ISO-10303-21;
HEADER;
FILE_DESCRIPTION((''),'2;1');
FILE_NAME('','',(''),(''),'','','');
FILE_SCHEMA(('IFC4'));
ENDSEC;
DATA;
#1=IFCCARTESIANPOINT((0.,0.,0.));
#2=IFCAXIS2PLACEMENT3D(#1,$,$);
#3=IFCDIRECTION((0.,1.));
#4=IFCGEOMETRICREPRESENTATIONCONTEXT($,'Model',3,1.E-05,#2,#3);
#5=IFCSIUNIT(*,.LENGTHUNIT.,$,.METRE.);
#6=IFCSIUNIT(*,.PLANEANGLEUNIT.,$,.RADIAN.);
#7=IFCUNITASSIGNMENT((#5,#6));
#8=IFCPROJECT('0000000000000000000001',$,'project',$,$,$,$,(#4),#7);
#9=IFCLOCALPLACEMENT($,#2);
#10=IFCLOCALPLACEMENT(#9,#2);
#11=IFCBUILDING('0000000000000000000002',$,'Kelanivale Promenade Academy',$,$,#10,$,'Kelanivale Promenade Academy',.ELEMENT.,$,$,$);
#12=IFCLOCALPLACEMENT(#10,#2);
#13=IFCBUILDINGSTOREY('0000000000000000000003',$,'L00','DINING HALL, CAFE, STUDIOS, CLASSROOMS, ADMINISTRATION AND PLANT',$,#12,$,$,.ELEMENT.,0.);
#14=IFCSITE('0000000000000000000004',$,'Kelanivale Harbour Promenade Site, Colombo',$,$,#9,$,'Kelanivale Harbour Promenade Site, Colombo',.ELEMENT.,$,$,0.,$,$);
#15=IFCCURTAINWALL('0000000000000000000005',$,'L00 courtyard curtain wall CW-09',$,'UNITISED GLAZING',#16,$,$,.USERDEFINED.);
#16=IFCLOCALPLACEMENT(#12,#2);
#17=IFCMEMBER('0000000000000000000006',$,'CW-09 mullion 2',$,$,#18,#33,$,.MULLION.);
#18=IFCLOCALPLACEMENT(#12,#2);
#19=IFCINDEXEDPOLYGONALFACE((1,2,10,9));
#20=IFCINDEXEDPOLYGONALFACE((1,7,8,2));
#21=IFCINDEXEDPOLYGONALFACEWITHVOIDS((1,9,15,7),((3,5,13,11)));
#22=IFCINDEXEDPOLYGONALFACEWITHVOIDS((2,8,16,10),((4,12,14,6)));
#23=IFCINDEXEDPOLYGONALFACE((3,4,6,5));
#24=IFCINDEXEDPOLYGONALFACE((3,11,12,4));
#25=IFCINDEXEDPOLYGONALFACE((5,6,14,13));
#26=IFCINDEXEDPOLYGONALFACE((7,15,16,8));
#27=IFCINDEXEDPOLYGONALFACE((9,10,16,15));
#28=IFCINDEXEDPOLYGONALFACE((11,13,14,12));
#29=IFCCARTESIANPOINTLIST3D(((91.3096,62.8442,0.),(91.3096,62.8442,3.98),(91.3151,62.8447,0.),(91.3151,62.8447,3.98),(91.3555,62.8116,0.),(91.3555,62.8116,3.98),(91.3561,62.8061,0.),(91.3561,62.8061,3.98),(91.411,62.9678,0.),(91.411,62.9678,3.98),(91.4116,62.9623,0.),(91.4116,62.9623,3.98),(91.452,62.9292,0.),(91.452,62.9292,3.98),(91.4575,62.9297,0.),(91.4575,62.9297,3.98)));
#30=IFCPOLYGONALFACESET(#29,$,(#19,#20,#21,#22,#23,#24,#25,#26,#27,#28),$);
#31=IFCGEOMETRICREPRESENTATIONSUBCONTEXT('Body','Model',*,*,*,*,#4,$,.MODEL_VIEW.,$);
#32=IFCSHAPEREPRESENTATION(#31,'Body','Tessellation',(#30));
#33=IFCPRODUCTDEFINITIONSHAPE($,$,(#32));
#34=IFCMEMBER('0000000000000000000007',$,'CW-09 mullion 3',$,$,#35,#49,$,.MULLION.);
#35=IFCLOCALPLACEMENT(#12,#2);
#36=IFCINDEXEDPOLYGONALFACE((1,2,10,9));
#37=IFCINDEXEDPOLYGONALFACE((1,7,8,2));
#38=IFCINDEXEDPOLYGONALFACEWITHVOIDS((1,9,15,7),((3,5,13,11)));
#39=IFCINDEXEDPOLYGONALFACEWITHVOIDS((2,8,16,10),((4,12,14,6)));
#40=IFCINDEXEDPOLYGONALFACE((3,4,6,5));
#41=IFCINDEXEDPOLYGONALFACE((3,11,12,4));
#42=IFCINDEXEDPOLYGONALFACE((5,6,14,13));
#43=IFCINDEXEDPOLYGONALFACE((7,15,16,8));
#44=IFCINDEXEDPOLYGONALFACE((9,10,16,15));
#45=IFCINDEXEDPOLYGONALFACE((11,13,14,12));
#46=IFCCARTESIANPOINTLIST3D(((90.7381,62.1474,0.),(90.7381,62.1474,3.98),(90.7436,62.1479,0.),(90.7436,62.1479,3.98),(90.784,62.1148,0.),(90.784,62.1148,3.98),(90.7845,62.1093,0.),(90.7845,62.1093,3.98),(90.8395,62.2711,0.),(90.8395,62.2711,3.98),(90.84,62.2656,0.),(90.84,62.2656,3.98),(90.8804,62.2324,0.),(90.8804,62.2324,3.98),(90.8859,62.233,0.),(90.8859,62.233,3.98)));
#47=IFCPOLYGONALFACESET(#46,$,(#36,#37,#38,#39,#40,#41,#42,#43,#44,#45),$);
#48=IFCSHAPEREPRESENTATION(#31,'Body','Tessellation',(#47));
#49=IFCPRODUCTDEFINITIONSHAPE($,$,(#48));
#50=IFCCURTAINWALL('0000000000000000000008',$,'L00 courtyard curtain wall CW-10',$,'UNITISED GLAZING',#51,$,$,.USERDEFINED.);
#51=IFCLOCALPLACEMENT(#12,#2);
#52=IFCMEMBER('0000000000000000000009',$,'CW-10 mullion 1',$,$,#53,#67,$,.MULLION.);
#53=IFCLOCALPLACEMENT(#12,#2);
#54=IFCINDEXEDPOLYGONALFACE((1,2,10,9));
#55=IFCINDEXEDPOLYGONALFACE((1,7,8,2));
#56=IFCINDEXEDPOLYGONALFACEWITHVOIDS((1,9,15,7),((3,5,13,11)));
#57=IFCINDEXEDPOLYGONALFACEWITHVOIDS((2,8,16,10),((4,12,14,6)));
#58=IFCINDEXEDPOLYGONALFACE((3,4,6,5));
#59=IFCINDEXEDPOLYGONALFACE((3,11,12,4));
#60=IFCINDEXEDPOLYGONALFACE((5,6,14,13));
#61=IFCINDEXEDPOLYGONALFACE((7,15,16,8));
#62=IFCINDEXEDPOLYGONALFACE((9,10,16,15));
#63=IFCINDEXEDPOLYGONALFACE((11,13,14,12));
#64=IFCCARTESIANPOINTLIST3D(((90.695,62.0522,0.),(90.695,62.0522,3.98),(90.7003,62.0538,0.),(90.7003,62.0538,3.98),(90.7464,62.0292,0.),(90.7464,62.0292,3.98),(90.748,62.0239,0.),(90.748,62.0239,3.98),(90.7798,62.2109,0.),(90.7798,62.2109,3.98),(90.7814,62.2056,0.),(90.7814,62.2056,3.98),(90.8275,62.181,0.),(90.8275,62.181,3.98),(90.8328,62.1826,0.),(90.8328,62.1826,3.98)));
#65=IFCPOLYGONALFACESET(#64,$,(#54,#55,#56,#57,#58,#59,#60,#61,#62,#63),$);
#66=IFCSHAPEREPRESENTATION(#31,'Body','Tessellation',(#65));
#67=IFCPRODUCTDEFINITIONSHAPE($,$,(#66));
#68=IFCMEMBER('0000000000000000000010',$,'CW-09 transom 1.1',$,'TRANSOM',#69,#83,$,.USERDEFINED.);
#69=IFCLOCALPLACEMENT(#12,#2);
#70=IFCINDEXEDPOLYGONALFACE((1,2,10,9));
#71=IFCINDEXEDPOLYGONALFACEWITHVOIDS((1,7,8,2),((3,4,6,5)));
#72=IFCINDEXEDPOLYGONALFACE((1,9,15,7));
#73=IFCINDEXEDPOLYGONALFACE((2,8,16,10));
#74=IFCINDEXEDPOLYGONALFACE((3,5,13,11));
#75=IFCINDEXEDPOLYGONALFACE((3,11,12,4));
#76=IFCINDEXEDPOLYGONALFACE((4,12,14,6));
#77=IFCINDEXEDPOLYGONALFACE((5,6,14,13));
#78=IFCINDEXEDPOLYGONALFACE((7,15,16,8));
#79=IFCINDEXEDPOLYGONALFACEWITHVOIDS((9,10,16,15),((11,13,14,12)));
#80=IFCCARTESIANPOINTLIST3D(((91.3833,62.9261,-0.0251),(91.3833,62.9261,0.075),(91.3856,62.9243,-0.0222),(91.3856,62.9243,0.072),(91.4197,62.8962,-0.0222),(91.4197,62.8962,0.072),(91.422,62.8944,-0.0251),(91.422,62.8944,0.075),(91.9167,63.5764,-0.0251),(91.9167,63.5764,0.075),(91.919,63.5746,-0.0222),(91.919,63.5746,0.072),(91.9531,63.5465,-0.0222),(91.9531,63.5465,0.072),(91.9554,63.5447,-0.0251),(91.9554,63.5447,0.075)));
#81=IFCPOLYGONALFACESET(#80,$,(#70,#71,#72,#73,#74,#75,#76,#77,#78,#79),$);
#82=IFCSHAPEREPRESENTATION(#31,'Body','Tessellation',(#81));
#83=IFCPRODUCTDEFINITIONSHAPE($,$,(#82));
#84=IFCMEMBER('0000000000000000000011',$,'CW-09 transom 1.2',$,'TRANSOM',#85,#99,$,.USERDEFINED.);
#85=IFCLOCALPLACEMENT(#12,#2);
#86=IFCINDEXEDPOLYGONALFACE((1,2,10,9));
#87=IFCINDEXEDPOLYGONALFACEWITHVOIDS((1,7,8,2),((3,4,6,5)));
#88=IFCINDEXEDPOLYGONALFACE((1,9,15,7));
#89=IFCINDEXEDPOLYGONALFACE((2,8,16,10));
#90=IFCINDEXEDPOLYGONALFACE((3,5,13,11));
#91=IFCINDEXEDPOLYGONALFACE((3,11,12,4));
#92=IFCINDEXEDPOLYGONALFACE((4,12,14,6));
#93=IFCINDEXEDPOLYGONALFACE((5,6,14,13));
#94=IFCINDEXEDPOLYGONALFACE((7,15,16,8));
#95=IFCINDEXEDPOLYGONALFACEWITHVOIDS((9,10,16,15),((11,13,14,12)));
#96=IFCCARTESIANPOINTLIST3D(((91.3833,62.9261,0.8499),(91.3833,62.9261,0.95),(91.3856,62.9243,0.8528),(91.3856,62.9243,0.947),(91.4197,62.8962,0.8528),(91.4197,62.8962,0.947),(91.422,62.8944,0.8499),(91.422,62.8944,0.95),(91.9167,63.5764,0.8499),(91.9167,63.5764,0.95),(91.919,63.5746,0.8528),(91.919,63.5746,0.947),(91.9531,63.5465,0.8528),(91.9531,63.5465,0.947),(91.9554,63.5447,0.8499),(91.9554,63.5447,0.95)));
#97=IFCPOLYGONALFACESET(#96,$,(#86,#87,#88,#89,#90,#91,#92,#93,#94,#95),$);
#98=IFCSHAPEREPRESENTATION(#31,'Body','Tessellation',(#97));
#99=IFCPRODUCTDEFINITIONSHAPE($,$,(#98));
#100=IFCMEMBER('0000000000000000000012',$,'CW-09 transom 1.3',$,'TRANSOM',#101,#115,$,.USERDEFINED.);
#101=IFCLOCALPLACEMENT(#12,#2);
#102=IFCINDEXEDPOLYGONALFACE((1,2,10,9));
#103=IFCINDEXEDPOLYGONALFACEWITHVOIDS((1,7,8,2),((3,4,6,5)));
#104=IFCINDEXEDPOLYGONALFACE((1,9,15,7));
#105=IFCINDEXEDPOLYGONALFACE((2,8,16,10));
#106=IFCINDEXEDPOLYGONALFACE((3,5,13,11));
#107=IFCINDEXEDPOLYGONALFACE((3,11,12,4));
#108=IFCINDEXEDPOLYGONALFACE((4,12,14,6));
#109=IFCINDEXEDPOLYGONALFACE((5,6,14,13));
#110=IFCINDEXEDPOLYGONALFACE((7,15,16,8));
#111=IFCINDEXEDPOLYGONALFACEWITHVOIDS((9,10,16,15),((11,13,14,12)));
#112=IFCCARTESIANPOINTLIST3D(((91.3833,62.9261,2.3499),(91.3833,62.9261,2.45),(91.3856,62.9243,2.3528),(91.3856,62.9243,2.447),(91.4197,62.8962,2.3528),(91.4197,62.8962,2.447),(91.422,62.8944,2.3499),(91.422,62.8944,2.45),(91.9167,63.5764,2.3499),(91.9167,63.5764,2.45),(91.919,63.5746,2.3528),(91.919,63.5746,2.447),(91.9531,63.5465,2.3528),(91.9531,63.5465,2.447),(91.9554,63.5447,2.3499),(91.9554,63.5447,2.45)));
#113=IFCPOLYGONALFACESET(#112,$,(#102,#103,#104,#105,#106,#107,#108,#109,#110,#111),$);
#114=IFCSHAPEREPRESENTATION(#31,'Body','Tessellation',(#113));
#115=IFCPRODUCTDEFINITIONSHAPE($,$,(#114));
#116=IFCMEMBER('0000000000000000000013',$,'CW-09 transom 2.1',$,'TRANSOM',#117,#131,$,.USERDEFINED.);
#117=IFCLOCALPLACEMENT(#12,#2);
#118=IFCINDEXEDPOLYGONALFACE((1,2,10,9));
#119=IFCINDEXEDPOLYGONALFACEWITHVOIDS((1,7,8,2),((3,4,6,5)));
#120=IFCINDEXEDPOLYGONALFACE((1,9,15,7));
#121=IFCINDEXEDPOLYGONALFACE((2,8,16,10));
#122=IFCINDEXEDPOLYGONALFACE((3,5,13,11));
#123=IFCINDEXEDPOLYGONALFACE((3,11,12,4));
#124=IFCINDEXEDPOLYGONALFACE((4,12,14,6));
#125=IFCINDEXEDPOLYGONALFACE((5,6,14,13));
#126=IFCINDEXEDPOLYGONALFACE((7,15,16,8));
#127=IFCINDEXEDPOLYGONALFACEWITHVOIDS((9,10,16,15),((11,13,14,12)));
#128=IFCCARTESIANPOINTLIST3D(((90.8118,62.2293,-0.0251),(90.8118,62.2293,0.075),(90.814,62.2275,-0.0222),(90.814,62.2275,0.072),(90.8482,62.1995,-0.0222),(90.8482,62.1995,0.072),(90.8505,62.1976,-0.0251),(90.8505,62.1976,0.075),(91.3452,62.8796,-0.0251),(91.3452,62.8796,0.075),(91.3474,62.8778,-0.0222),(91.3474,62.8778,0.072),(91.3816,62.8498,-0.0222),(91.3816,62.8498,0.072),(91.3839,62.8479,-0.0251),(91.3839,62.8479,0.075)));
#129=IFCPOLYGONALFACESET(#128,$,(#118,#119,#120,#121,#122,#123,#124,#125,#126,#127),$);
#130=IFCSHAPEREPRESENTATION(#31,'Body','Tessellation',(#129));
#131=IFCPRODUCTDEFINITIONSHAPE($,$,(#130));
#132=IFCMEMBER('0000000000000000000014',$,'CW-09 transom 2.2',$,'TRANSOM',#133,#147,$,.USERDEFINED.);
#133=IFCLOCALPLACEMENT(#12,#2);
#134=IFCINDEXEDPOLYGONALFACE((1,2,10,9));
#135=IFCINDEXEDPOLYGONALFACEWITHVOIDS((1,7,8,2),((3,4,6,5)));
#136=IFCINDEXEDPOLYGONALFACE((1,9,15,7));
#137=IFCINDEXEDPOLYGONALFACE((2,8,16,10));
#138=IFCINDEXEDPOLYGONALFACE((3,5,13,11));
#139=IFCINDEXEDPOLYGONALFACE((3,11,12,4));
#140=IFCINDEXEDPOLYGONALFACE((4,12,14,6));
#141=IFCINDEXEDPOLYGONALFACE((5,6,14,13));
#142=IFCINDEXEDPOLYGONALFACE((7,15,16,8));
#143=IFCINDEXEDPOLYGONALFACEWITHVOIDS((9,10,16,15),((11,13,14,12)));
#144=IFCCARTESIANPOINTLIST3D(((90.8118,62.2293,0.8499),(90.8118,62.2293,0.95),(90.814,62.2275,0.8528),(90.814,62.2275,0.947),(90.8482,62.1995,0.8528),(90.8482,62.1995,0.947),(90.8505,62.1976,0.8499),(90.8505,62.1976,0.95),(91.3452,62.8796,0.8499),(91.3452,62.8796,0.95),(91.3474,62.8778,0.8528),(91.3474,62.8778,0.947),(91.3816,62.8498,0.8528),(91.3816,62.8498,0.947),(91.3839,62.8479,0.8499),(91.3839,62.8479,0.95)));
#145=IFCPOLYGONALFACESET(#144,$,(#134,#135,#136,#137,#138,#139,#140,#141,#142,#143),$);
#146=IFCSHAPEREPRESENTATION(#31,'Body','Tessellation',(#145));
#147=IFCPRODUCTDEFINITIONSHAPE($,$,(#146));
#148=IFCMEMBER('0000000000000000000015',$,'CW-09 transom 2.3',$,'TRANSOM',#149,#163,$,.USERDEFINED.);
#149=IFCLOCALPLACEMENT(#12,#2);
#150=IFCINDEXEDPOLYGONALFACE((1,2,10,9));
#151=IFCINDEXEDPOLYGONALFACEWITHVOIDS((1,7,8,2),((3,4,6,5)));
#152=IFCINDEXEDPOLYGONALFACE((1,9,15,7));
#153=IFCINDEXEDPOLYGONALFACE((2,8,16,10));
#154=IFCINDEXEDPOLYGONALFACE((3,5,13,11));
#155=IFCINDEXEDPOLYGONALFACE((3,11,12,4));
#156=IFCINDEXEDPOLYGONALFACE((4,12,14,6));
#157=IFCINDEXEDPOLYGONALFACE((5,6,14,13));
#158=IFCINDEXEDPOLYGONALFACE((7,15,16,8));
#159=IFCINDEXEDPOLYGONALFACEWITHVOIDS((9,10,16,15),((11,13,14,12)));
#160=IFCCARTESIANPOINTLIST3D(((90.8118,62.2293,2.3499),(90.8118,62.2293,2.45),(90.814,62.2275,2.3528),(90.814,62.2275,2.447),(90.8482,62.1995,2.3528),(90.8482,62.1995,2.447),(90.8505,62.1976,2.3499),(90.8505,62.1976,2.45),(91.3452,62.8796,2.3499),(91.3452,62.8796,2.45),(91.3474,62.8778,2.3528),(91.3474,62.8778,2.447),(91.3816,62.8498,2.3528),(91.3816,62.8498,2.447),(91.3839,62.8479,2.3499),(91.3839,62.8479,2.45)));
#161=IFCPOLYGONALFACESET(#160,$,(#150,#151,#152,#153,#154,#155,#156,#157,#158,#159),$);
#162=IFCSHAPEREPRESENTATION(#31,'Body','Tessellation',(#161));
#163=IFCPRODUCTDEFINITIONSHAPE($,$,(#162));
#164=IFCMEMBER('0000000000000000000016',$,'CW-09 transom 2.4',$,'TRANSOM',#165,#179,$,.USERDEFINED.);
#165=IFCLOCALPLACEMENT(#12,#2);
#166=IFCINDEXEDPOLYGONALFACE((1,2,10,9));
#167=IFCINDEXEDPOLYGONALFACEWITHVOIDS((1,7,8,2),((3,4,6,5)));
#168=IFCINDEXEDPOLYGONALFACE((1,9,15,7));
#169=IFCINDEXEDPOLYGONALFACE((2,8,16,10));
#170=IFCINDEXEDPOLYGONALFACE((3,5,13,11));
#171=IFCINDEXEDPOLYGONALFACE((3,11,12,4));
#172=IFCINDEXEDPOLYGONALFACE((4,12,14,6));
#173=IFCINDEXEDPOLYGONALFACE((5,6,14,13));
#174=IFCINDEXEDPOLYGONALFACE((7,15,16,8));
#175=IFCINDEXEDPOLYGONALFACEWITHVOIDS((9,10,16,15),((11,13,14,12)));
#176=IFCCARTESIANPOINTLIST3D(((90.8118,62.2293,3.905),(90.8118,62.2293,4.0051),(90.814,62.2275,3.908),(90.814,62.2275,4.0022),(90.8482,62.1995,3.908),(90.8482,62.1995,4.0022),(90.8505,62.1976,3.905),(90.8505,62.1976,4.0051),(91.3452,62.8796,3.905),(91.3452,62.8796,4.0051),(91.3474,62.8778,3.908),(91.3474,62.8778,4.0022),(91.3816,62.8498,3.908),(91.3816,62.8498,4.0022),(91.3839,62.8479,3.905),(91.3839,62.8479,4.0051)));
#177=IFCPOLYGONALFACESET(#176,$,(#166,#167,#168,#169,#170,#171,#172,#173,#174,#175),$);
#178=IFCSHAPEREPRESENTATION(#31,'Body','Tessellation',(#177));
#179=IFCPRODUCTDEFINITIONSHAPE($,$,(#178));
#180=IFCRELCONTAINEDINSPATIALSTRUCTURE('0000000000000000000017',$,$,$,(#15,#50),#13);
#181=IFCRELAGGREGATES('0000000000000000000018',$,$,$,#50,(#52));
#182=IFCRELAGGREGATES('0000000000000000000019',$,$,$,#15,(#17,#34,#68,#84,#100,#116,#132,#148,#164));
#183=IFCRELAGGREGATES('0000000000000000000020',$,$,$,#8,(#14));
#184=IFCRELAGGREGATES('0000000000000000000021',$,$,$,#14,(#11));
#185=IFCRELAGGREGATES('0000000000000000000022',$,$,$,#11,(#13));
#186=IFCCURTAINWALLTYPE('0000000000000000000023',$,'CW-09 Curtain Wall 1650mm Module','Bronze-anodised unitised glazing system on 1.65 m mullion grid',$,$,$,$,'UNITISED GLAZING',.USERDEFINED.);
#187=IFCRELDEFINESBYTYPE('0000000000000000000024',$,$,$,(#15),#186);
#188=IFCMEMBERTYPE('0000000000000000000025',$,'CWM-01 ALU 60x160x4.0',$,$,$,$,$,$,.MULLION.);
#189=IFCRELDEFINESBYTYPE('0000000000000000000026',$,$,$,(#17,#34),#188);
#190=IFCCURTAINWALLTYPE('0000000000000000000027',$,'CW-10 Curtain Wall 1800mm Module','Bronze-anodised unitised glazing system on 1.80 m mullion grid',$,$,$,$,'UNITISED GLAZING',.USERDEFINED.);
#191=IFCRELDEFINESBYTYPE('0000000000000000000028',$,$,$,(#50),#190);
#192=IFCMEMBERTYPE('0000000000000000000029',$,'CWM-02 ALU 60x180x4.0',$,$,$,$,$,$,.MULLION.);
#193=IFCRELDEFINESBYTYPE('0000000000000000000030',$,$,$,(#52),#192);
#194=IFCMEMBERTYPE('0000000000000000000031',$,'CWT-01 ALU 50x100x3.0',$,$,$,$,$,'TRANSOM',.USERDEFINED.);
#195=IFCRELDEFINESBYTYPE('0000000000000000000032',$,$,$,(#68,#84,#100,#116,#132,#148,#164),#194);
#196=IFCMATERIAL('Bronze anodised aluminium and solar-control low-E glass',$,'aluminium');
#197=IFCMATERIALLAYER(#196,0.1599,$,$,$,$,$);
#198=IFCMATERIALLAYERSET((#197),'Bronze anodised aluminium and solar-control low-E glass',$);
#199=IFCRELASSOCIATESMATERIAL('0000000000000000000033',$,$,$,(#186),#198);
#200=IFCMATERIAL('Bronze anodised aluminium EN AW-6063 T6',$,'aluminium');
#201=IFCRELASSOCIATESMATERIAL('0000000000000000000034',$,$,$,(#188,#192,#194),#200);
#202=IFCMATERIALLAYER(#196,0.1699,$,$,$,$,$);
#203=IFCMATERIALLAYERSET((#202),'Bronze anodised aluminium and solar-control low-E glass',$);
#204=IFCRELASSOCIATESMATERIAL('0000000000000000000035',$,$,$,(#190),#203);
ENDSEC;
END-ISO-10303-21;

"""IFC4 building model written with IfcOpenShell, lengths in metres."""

from ifc_helpers import new_model, si_unit, direction, frame, origin, origin_2d, place, context, subcontext, project, spatial, hollow_rectangle, extrude, material, layer, layer_set, material_profile, profile_set, type_object, element, aggregate, save


model = new_model("IFC4")

# Units and contexts
model_context = context("Model", 3, precision=1e-05, world=origin(), true_north=direction((0.0, 1.0)))
body_context = subcontext(model_context, "Body", "Model", "MODEL_VIEW")
ifc_project = project(units=[si_unit("LENGTHUNIT", "METRE"), si_unit("PLANEANGLEUNIT", "RADIAN")], contexts=[model_context])

# Site, building, storey
site_placement = place(None, origin())
site = spatial("IfcSite", under=ifc_project, at=site_placement, Name="Kelanivale Harbour Promenade Site, Colombo", LongName="Kelanivale Harbour Promenade Site, Colombo", CompositionType="ELEMENT", RefElevation=0.0)
building_placement = place(site_placement, origin())
building = spatial("IfcBuilding", under=site, at=building_placement, Name="Kelanivale Promenade Academy", LongName="Kelanivale Promenade Academy", CompositionType="ELEMENT")
storey_placement = place(building_placement, origin())
storey = spatial("IfcBuildingStorey", under=building, at=storey_placement, Name="L00", Description="DINING HALL, CAFE, STUDIOS, CLASSROOMS, ADMINISTRATION AND PLANT", CompositionType="ELEMENT", Elevation=0.0)

# Curtain wall, members
ifc_material_1 = material(Name="Bronze anodised aluminium and solar-control low-E glass", Category="aluminium")
ifc_layer_1 = layer(ifc_material_1, 0.1599)
ifc_layer_set_1 = layer_set([ifc_layer_1], Name="Bronze anodised aluminium and solar-control low-E glass")
curtain_wall_type_1 = type_object("IfcCurtainWallType", Name="CW-09 Curtain Wall 1650mm Module", Description="Bronze-anodised unitised glazing system on 1.65 m mullion grid", ElementType="UNITISED GLAZING", PredefinedType="USERDEFINED", material=ifc_layer_set_1)
curtain_wall_1_placement = place(storey_placement, origin())
curtain_wall_1 = element("IfcCurtainWall", 1, at=curtain_wall_1_placement, inside=storey, type_object=curtain_wall_type_1, Name="L00 courtyard curtain wall CW-09", ObjectType="UNITISED GLAZING", PredefinedType="USERDEFINED")
ifc_material_2 = material(Name="Bronze anodised aluminium EN AW-6063 T6", Category="aluminium")
ifc_material_profile_1 = material_profile(ifc_material_2, hollow_rectangle(XDim=0.0601, YDim=0.1599, WallThickness=0.0039, at=origin_2d()), Name="ALU 60x160x4.0")
ifc_profile_set_1 = profile_set([ifc_material_profile_1], Name="Bronze anodised aluminium EN AW-6063 T6")
member_type_1 = type_object("IfcMemberType", Name="CWM-01 ALU 60x160x4.0", PredefinedType="MULLION", material=ifc_profile_set_1)
member_1_placement = place(storey_placement, frame((91.3835, 62.887, 0.0), z_axis=(0.0, 0.0, 1.0), x_axis=(0.773215, -0.634144, 0.0)))
member_1 = element("IfcMember", 2, at=member_1_placement, type_object=member_type_1, Name="CW-09 mullion 2", PredefinedType="MULLION", context=body_context, shape_type="SweptSolid", body=[
    extrude(hollow_rectangle(XDim=0.0601, YDim=0.1599, WallThickness=0.0039, at=origin_2d()), origin(), (0.0, 0.0, 1.0), 3.98),
])
member_2_placement = place(storey_placement, frame((90.812, 62.1902, 0.0), z_axis=(0.0, 0.0, 1.0), x_axis=(0.773215, -0.634144, 0.0)))
member_2 = element("IfcMember", 3, at=member_2_placement, type_object=member_type_1, Name="CW-09 mullion 3", PredefinedType="MULLION", context=body_context, shape_type="SweptSolid", body=[
    extrude(hollow_rectangle(XDim=0.0601, YDim=0.1599, WallThickness=0.0039, at=origin_2d()), origin(), (0.0, 0.0, 1.0), 3.98),
])

# Curtain wall, member
ifc_layer_2 = layer(ifc_material_1, 0.1699)
ifc_layer_set_2 = layer_set([ifc_layer_2], Name="Bronze anodised aluminium and solar-control low-E glass")
curtain_wall_type_2 = type_object("IfcCurtainWallType", Name="CW-10 Curtain Wall 1800mm Module", Description="Bronze-anodised unitised glazing system on 1.80 m mullion grid", ElementType="UNITISED GLAZING", PredefinedType="USERDEFINED", material=ifc_layer_set_2)
curtain_wall_2_placement = place(storey_placement, origin())
curtain_wall_2 = element("IfcCurtainWall", 4, at=curtain_wall_2_placement, inside=storey, type_object=curtain_wall_type_2, Name="L00 courtyard curtain wall CW-10", ObjectType="UNITISED GLAZING", PredefinedType="USERDEFINED")
ifc_material_profile_2 = material_profile(ifc_material_2, hollow_rectangle(XDim=0.0601, YDim=0.1799, WallThickness=0.0039, at=origin_2d()), Name="ALU 60x180x4.0")
ifc_profile_set_2 = profile_set([ifc_material_profile_2], Name="Bronze anodised aluminium EN AW-6063 T6")
member_type_2 = type_object("IfcMemberType", Name="CWM-02 ALU 60x180x4.0", PredefinedType="MULLION", material=ifc_profile_set_2)
member_3_placement = place(storey_placement, frame((90.7639, 62.1174, 0.0), z_axis=(0.0, 0.0, 1.0), x_axis=(0.881978, -0.47129, 0.0)))
member_3 = element("IfcMember", 5, at=member_3_placement, type_object=member_type_2, Name="CW-10 mullion 1", PredefinedType="MULLION", context=body_context, shape_type="SweptSolid", body=[
    extrude(hollow_rectangle(XDim=0.0601, YDim=0.1799, WallThickness=0.0039, at=origin_2d()), origin(), (0.0, 0.0, 1.0), 3.98),
])

# Members
ifc_material_profile_3 = material_profile(ifc_material_2, hollow_rectangle(XDim=0.05, YDim=0.1001, WallThickness=0.0029, at=origin_2d()), Name="ALU 50x100x3.0")
ifc_profile_set_3 = profile_set([ifc_material_profile_3], Name="Bronze anodised aluminium EN AW-6063 T6")
member_type_3 = type_object("IfcMemberType", Name="CWT-01 ALU 50x100x3.0", ElementType="TRANSOM", PredefinedType="USERDEFINED", material=ifc_profile_set_3)
member_4_placement = place(storey_placement, frame((91.936, 63.5605, 0.0249), z_axis=(-0.63417, -0.773194, 0.0), x_axis=(0.773194, -0.63417, 0.0)))
member_4 = element("IfcMember", 6, at=member_4_placement, type_object=member_type_3, Name="CW-09 transom 1.1", ObjectType="TRANSOM", PredefinedType="USERDEFINED", context=body_context, shape_type="SweptSolid", body=[
    extrude(hollow_rectangle(XDim=0.05, YDim=0.1001, WallThickness=0.0029, at=origin_2d()), origin(), (0.0, 0.0, 1.0), 0.8411),
])
member_5_placement = place(storey_placement, frame((91.936, 63.5605, 0.8999), z_axis=(-0.63417, -0.773194, 0.0), x_axis=(0.773194, -0.63417, 0.0)))
member_5 = element("IfcMember", 7, at=member_5_placement, type_object=member_type_3, Name="CW-09 transom 1.2", ObjectType="TRANSOM", PredefinedType="USERDEFINED", context=body_context, shape_type="SweptSolid", body=[
    extrude(hollow_rectangle(XDim=0.05, YDim=0.1001, WallThickness=0.0029, at=origin_2d()), origin(), (0.0, 0.0, 1.0), 0.8411),
])
member_6_placement = place(storey_placement, frame((91.936, 63.5605, 2.3999), z_axis=(-0.63417, -0.773194, 0.0), x_axis=(0.773194, -0.63417, 0.0)))
member_6 = element("IfcMember", 8, at=member_6_placement, type_object=member_type_3, Name="CW-09 transom 1.3", ObjectType="TRANSOM", PredefinedType="USERDEFINED", context=body_context, shape_type="SweptSolid", body=[
    extrude(hollow_rectangle(XDim=0.05, YDim=0.1001, WallThickness=0.0029, at=origin_2d()), origin(), (0.0, 0.0, 1.0), 0.8411),
])
member_7_placement = place(storey_placement, frame((91.3645, 62.8638, 0.0249), z_axis=(-0.63417, -0.773194, 0.0), x_axis=(0.773194, -0.63417, 0.0)))
member_7 = element("IfcMember", 9, at=member_7_placement, type_object=member_type_3, Name="CW-09 transom 2.1", ObjectType="TRANSOM", PredefinedType="USERDEFINED", context=body_context, shape_type="SweptSolid", body=[
    extrude(hollow_rectangle(XDim=0.05, YDim=0.1001, WallThickness=0.0029, at=origin_2d()), origin(), (0.0, 0.0, 1.0), 0.8411),
])
member_8_placement = place(storey_placement, frame((91.3645, 62.8638, 0.8999), z_axis=(-0.63417, -0.773194, 0.0), x_axis=(0.773194, -0.63417, 0.0)))
member_8 = element("IfcMember", 10, at=member_8_placement, type_object=member_type_3, Name="CW-09 transom 2.2", ObjectType="TRANSOM", PredefinedType="USERDEFINED", context=body_context, shape_type="SweptSolid", body=[
    extrude(hollow_rectangle(XDim=0.05, YDim=0.1001, WallThickness=0.0029, at=origin_2d()), origin(), (0.0, 0.0, 1.0), 0.8411),
])
member_9_placement = place(storey_placement, frame((91.3645, 62.8638, 2.3999), z_axis=(-0.63417, -0.773194, 0.0), x_axis=(0.773194, -0.63417, 0.0)))
member_9 = element("IfcMember", 11, at=member_9_placement, type_object=member_type_3, Name="CW-09 transom 2.3", ObjectType="TRANSOM", PredefinedType="USERDEFINED", context=body_context, shape_type="SweptSolid", body=[
    extrude(hollow_rectangle(XDim=0.05, YDim=0.1001, WallThickness=0.0029, at=origin_2d()), origin(), (0.0, 0.0, 1.0), 0.8411),
])
member_10_placement = place(storey_placement, frame((91.3645, 62.8638, 3.9551), z_axis=(-0.63417, -0.773194, 0.0), x_axis=(0.773194, -0.63417, 0.0)))
member_10 = element("IfcMember", 12, at=member_10_placement, type_object=member_type_3, Name="CW-09 transom 2.4", ObjectType="TRANSOM", PredefinedType="USERDEFINED", context=body_context, shape_type="SweptSolid", body=[
    extrude(hollow_rectangle(XDim=0.05, YDim=0.1001, WallThickness=0.0029, at=origin_2d()), origin(), (0.0, 0.0, 1.0), 0.8411),
])

aggregate(curtain_wall_2, [member_3])
aggregate(curtain_wall_1, [member_1, member_2, member_4, member_5, member_6, member_7, member_8, member_9, member_10])

save(model, "model.ifc")
